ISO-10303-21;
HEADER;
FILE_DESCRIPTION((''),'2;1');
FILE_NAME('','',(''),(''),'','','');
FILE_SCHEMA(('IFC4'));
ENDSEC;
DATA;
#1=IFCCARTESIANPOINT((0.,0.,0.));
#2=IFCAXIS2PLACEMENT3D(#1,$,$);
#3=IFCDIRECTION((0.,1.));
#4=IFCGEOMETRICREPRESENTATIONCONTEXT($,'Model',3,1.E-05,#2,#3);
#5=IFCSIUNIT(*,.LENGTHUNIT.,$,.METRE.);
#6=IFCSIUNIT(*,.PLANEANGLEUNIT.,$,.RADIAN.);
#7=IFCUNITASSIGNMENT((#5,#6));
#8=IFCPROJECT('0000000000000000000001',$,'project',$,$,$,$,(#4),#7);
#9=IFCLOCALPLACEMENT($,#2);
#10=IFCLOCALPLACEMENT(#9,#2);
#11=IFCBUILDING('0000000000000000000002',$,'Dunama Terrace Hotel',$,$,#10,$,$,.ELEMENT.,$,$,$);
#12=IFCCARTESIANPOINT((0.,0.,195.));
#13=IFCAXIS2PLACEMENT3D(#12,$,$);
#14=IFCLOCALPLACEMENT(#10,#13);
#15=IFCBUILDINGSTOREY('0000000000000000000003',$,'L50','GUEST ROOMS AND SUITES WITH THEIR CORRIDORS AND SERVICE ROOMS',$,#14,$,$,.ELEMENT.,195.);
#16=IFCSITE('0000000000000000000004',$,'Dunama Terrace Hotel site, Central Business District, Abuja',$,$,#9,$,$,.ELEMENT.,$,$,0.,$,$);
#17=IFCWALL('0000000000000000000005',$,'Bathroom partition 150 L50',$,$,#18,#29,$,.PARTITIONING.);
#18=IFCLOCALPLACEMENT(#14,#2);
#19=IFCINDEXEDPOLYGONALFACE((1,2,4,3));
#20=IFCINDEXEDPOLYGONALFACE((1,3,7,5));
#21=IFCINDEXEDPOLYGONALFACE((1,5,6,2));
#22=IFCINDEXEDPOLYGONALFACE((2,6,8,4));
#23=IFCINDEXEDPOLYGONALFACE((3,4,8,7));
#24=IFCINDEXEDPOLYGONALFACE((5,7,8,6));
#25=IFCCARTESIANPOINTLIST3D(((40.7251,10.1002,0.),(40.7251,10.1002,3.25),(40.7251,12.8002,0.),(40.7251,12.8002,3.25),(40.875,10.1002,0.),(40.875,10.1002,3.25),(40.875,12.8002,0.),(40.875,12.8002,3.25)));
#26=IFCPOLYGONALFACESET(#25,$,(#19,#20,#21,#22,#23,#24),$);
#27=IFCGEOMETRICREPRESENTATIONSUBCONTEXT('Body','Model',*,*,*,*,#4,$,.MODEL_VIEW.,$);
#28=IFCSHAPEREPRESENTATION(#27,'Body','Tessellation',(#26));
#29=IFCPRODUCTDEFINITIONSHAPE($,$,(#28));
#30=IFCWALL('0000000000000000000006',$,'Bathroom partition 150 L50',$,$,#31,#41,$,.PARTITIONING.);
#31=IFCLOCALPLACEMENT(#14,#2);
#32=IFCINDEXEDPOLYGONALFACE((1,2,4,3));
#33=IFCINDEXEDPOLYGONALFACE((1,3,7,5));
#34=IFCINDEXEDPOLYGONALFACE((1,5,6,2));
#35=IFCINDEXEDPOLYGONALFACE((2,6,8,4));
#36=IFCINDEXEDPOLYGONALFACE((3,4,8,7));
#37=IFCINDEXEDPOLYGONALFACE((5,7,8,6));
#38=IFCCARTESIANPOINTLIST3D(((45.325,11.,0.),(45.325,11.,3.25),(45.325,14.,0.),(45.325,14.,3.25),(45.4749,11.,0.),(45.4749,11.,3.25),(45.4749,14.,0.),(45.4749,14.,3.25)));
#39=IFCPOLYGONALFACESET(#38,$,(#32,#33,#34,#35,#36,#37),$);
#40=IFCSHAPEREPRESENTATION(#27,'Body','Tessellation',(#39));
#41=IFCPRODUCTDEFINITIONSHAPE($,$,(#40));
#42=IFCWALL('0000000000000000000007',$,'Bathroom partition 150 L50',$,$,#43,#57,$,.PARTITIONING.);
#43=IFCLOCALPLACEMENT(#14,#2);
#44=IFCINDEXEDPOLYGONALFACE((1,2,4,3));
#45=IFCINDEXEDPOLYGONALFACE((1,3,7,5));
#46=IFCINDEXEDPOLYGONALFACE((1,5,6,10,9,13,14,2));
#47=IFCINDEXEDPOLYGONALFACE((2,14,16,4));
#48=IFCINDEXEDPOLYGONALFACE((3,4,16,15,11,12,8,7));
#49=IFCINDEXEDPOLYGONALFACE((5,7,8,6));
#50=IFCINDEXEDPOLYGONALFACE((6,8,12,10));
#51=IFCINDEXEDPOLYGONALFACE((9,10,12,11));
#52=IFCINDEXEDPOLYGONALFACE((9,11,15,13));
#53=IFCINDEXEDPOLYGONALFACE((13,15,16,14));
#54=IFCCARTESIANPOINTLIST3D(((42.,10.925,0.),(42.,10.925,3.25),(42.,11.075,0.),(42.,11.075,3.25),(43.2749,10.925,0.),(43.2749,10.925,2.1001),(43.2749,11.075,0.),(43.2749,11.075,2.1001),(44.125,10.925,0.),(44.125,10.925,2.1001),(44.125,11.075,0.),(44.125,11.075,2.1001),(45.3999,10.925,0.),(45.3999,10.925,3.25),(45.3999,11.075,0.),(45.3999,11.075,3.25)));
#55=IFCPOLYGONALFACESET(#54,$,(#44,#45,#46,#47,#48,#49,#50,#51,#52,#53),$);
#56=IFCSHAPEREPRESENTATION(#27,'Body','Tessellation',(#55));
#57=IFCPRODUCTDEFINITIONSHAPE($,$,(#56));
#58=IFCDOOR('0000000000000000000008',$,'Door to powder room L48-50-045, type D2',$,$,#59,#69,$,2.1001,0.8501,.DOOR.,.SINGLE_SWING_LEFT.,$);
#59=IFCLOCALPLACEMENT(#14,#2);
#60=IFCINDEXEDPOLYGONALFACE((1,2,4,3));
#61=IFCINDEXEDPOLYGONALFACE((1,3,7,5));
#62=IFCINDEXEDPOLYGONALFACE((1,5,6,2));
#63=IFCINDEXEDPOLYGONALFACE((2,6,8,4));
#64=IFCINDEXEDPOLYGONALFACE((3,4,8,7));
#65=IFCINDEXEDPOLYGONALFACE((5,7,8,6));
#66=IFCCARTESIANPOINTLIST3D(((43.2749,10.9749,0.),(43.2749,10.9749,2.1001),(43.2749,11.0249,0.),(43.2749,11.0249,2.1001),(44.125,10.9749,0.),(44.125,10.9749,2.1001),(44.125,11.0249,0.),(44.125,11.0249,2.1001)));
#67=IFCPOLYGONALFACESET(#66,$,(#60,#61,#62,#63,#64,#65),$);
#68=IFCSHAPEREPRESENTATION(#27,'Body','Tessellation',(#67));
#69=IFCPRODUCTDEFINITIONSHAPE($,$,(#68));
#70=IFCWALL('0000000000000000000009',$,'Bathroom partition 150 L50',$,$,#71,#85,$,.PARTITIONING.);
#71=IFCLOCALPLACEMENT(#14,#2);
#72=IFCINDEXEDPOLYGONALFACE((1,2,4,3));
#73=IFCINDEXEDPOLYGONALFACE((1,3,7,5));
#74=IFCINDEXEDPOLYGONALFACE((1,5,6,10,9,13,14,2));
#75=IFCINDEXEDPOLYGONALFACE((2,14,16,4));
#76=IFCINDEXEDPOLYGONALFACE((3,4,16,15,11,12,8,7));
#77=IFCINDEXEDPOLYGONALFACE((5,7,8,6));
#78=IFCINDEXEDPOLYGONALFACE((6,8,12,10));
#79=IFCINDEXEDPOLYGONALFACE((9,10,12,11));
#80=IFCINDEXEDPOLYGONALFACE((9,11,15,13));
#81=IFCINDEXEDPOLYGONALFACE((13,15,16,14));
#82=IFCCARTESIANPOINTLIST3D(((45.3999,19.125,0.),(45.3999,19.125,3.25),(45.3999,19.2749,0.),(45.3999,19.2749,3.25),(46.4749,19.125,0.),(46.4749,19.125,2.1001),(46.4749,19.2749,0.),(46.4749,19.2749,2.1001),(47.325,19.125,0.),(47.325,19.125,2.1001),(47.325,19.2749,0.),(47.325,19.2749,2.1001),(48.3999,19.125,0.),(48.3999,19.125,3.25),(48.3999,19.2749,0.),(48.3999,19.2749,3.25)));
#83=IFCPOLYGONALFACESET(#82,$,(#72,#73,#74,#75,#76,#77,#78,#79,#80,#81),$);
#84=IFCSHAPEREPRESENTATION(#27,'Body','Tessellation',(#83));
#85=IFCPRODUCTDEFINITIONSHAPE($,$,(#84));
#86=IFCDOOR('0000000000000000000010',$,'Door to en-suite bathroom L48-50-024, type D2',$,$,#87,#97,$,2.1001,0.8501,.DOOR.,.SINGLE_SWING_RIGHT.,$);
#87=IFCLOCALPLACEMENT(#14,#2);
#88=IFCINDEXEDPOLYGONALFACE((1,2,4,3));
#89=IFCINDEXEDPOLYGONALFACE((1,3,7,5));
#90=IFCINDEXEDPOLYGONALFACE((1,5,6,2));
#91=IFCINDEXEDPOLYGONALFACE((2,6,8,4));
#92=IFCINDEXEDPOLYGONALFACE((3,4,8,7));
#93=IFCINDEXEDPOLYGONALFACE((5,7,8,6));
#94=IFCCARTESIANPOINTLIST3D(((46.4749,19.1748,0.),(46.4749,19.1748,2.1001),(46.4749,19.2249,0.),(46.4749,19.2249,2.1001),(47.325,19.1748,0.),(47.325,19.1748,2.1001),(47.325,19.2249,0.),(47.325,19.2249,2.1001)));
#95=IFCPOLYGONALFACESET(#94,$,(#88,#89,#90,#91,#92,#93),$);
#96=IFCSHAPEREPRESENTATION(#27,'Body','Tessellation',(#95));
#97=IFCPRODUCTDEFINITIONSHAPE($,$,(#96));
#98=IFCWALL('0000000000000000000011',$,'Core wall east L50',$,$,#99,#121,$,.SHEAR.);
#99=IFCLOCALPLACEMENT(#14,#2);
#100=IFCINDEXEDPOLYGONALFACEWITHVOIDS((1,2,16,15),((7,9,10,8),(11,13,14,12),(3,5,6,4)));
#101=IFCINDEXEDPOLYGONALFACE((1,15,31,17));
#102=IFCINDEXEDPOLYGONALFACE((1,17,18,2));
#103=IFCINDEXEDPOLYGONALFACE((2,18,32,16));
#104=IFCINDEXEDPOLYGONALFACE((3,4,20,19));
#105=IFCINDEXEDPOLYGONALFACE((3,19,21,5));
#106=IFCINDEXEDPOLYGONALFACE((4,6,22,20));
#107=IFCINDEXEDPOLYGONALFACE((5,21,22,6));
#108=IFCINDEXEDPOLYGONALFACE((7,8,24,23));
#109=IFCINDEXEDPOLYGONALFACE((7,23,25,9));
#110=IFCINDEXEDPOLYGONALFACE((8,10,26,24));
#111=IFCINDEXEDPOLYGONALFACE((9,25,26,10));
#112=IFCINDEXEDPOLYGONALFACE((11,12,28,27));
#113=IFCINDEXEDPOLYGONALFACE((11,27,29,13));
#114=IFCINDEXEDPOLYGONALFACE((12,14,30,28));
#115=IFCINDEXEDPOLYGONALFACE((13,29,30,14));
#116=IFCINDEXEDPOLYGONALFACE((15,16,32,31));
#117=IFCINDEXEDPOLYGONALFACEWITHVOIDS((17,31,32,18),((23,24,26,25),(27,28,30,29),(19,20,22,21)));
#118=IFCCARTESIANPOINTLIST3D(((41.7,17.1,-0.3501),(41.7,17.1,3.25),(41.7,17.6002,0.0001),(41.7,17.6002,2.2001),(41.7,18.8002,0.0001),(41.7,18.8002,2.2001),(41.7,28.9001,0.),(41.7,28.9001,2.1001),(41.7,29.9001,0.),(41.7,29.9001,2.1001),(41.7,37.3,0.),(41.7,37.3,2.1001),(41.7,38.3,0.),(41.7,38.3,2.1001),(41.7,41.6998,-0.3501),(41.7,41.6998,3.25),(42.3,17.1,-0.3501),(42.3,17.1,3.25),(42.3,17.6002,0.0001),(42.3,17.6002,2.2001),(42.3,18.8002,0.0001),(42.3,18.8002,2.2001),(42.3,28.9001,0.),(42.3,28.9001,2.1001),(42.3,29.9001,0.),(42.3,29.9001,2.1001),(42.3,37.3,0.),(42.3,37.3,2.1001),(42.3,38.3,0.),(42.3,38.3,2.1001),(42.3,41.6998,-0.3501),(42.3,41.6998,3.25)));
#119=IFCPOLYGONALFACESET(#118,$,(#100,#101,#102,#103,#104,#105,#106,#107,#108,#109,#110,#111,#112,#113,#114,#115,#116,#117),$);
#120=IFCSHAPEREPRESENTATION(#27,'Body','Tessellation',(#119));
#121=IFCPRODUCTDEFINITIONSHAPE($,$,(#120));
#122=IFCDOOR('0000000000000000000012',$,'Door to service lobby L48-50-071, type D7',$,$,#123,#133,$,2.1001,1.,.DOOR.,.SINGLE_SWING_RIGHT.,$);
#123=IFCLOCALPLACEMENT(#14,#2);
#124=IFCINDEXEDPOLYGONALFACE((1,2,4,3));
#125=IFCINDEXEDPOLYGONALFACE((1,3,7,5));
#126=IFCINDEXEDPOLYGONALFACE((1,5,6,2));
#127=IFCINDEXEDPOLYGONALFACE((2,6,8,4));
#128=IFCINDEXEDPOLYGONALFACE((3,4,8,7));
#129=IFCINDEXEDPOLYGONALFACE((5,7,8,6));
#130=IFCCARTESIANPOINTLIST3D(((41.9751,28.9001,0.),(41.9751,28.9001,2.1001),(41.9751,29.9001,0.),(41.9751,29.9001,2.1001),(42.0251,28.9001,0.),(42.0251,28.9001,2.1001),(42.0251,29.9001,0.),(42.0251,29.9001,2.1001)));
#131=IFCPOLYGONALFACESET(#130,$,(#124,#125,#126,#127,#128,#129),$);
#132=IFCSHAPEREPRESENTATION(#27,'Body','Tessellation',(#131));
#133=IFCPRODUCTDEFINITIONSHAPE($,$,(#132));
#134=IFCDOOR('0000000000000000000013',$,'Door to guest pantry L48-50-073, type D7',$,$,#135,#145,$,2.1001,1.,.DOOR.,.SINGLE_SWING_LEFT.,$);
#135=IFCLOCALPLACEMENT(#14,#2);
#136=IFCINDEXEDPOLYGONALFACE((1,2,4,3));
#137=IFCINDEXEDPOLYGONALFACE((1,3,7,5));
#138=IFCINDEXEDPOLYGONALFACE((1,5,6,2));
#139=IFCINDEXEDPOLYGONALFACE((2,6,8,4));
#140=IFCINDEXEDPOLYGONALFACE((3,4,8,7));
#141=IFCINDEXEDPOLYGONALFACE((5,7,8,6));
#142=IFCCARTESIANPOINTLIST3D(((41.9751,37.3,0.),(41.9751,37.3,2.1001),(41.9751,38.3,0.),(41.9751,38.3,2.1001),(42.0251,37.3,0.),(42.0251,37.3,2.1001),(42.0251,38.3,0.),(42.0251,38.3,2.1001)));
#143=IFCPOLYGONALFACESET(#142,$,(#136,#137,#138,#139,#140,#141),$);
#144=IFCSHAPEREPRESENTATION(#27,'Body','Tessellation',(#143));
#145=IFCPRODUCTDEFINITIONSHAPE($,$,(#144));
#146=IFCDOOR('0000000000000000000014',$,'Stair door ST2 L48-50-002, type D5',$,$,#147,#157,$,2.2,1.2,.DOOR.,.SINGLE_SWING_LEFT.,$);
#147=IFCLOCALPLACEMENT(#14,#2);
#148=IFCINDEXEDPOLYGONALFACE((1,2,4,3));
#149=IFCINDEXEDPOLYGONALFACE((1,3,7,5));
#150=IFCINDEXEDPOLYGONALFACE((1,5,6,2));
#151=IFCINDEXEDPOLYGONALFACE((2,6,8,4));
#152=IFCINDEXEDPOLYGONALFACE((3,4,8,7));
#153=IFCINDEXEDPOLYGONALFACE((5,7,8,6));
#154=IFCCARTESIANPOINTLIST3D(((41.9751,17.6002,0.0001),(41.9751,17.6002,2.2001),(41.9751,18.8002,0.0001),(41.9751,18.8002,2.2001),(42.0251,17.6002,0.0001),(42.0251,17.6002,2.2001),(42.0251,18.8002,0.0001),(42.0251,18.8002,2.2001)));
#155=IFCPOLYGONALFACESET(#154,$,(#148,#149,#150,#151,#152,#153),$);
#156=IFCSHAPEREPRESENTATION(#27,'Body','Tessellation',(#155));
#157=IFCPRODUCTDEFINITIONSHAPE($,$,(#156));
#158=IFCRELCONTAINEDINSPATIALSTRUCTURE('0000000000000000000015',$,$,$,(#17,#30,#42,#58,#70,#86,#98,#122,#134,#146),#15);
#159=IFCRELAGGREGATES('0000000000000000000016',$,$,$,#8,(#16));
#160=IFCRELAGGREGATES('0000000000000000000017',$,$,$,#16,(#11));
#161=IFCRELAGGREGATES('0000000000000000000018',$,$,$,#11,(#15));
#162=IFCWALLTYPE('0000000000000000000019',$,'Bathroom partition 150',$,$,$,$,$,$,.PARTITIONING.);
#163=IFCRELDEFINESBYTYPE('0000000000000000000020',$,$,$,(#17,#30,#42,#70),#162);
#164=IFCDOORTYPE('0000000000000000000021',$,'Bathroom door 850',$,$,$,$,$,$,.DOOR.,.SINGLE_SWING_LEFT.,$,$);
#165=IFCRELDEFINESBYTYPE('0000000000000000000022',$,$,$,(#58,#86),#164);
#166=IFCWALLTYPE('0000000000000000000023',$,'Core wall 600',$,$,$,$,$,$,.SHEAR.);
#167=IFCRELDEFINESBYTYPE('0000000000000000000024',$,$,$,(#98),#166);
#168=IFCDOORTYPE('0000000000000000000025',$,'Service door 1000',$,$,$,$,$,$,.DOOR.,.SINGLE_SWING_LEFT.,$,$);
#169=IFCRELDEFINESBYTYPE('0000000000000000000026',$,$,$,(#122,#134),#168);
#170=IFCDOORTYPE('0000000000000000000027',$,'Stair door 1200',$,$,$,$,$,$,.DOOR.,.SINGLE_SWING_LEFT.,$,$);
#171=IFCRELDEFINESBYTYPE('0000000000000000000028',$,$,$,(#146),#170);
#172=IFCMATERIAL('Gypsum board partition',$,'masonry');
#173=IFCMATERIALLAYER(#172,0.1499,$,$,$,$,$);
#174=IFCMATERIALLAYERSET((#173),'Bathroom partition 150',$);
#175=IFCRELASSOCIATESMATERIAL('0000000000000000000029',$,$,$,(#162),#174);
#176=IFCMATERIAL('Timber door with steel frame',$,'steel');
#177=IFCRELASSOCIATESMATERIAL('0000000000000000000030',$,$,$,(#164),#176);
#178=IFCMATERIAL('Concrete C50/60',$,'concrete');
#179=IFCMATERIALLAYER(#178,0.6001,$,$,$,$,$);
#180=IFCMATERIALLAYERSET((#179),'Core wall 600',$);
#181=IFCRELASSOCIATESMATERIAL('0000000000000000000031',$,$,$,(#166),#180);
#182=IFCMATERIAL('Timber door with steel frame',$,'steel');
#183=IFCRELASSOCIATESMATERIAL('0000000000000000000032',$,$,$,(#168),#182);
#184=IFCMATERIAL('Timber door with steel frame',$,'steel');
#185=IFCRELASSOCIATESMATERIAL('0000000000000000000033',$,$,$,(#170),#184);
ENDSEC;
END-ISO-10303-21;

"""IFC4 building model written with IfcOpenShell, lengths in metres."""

from ifc_helpers import new_model, si_unit, direction, frame, frame_2d, origin, place, context, subcontext, project, spatial, rectangle, extrude, material, layer, layer_set, type_object, element, fill, save


model = new_model("IFC4")

# Units and contexts
model_context = context("Model", 3, precision=1e-05, world=origin(), true_north=direction((0.0, 1.0)))
body_context = subcontext(model_context, "Body", "Model", "MODEL_VIEW")
ifc_project = project(units=[si_unit("LENGTHUNIT", "METRE"), si_unit("PLANEANGLEUNIT", "RADIAN")], contexts=[model_context])

# Site, building, storey
site_placement = place(None, origin())
site = spatial("IfcSite", under=ifc_project, at=site_placement, Name="Dunama Terrace Hotel site, Central Business District, Abuja", CompositionType="ELEMENT", RefElevation=0.0)
building_placement = place(site_placement, origin())
building = spatial("IfcBuilding", under=site, at=building_placement, Name="Dunama Terrace Hotel", CompositionType="ELEMENT")
storey_placement = place(building_placement, frame((0.0, 0.0, 195.0)))
storey = spatial("IfcBuildingStorey", under=building, at=storey_placement, Name="L50", Description="GUEST ROOMS AND SUITES WITH THEIR CORRIDORS AND SERVICE ROOMS", CompositionType="ELEMENT", Elevation=195.0)

# Walls
ifc_material_1 = material(Name="Gypsum board partition", Category="masonry")
ifc_layer_1 = layer(ifc_material_1, 0.1499)
ifc_layer_set_1 = layer_set([ifc_layer_1], Name="Bathroom partition 150")
wall_type_1 = type_object("IfcWallType", Name="Bathroom partition 150", PredefinedType="PARTITIONING", material=ifc_layer_set_1)
wall_1_placement = place(storey_placement, frame((40.8, 10.1001, 0.0), z_axis=(0.0, 0.0, 1.0), x_axis=(0.0, 1.0, 0.0)))
element("IfcWall", 1, at=wall_1_placement, inside=storey, type_object=wall_type_1, Name="Bathroom partition 150 L50", PredefinedType="PARTITIONING", context=body_context, shape_type="SweptSolid", body=[
    extrude(rectangle(XDim=2.7, YDim=0.1499, at=frame_2d((1.3501, 0.0))), origin(), (0.0, 0.0, 1.0), 3.25),
])
wall_2_placement = place(storey_placement, frame((45.3999, 11.0, 0.0), z_axis=(0.0, 0.0, 1.0), x_axis=(0.0, 1.0, 0.0)))
element("IfcWall", 2, at=wall_2_placement, inside=storey, type_object=wall_type_1, Name="Bathroom partition 150 L50", PredefinedType="PARTITIONING", context=body_context, shape_type="SweptSolid", body=[
    extrude(rectangle(XDim=3.0, YDim=0.1499, at=frame_2d((1.5, 0.0))), origin(), (0.0, 0.0, 1.0), 3.25),
])

# Walls, openings, doors
wall_3_placement = place(storey_placement, frame((42.0, 11.0, 0.0), z_axis=(0.0, 0.0, 1.0), x_axis=(1.0, 0.0, 0.0)))
wall_3 = element("IfcWall", 3, at=wall_3_placement, inside=storey, type_object=wall_type_1, Name="Bathroom partition 150 L50", PredefinedType="PARTITIONING", context=body_context, shape_type="SweptSolid", body=[
    extrude(rectangle(XDim=3.3999, YDim=0.1499, at=frame_2d((1.7, 0.0))), origin(), (0.0, 0.0, 1.0), 3.25),
])
opening_1_placement = place(wall_3_placement, frame((1.2749, 0.0, 0.0)))
opening_1 = element("IfcOpeningElement", 4, at=opening_1_placement, cuts=wall_3, PredefinedType="OPENING", context=body_context, shape_type="SweptSolid", body=[
    extrude(rectangle(XDim=0.8501, YDim=2.1001, at=frame_2d((0.425, 1.05))), frame((0.0, 0.085, 0.0), z_axis=(0.0, -1.0, 0.0), x_axis=(1.0, 0.0, 0.0)), (0.0, 0.0, 1.0), 0.1699),
])
ifc_material_2 = material(Name="Timber door with steel frame", Category="steel")
door_type_1 = type_object("IfcDoorType", Name="Bathroom door 850", OperationType="SINGLE_SWING_LEFT", PredefinedType="DOOR", material=ifc_material_2)
door_1_placement = place(opening_1_placement, origin())
door_1 = element("IfcDoor", 5, at=door_1_placement, inside=storey, type_object=door_type_1, Name="Door to powder room L48-50-045, type D2", OperationType="SINGLE_SWING_LEFT", OverallHeight=2.1001, OverallWidth=0.8501, PredefinedType="DOOR", context=body_context, shape_type="SweptSolid", body=[
    extrude(rectangle(XDim=0.8501, YDim=2.1001, at=frame_2d((0.425, 1.05))), frame((0.0, 0.0249, 0.0), z_axis=(0.0, -1.0, 0.0), x_axis=(1.0, 0.0, 0.0)), (0.0, 0.0, 1.0), 0.05),
])
fill(opening_1, door_1)
wall_4_placement = place(storey_placement, frame((45.3999, 19.2, 0.0), z_axis=(0.0, 0.0, 1.0), x_axis=(1.0, 0.0, 0.0)))
wall_4 = element("IfcWall", 6, at=wall_4_placement, inside=storey, type_object=wall_type_1, Name="Bathroom partition 150 L50", PredefinedType="PARTITIONING", context=body_context, shape_type="SweptSolid", body=[
    extrude(rectangle(XDim=3.0, YDim=0.1499, at=frame_2d((1.5, 0.0))), origin(), (0.0, 0.0, 1.0), 3.25),
])
opening_2_placement = place(wall_4_placement, frame((1.075, 0.0, 0.0)))
opening_2 = element("IfcOpeningElement", 7, at=opening_2_placement, cuts=wall_4, PredefinedType="OPENING", context=body_context, shape_type="SweptSolid", body=[
    extrude(rectangle(XDim=0.8501, YDim=2.1001, at=frame_2d((0.425, 1.05))), frame((0.0, 0.085, 0.0), z_axis=(0.0, -1.0, 0.0), x_axis=(1.0, 0.0, 0.0)), (0.0, 0.0, 1.0), 0.1699),
])
door_2_placement = place(opening_2_placement, frame((0.8501, 0.0, 0.0), z_axis=(0.0, 0.0, 1.0), x_axis=(-1.0, 0.0, 0.0)))
door_2 = element("IfcDoor", 8, at=door_2_placement, inside=storey, type_object=door_type_1, Name="Door to en-suite bathroom L48-50-024, type D2", OperationType="SINGLE_SWING_RIGHT", OverallHeight=2.1001, OverallWidth=0.8501, PredefinedType="DOOR", context=body_context, shape_type="SweptSolid", body=[
    extrude(rectangle(XDim=0.8501, YDim=2.1001, at=frame_2d((0.425, 1.05))), frame((0.0, 0.0251, 0.0), z_axis=(0.0, -1.0, 0.0), x_axis=(1.0, 0.0, 0.0)), (0.0, 0.0, 1.0), 0.05),
])
fill(opening_2, door_2)

# Wall, openings, doors
ifc_material_3 = material(Name="Concrete C50/60", Category="concrete")
ifc_layer_2 = layer(ifc_material_3, 0.6001)
ifc_layer_set_2 = layer_set([ifc_layer_2], Name="Core wall 600")
wall_type_2 = type_object("IfcWallType", Name="Core wall 600", PredefinedType="SHEAR", material=ifc_layer_set_2)
wall_5_placement = place(storey_placement, frame((42.0, 17.1001, -0.3501), z_axis=(0.0, 0.0, 1.0), x_axis=(0.0, 1.0, 0.0)))
wall_5 = element("IfcWall", 9, at=wall_5_placement, inside=storey, type_object=wall_type_2, Name="Core wall east L50", PredefinedType="SHEAR", context=body_context, shape_type="SweptSolid", body=[
    extrude(rectangle(XDim=24.5999, YDim=0.6001, at=frame_2d((12.2998, 0.0))), origin(), (0.0, 0.0, 1.0), 3.6001),
])
opening_3_placement = place(wall_5_placement, frame((0.5, 0.0, 0.3501)))
opening_3 = element("IfcOpeningElement", 10, at=opening_3_placement, cuts=wall_5, PredefinedType="OPENING", context=body_context, shape_type="SweptSolid", body=[
    extrude(rectangle(XDim=1.2, YDim=2.2, at=frame_2d((0.6001, 1.1001))), frame((0.0, 0.3101, 0.0), z_axis=(0.0, -1.0, 0.0), x_axis=(1.0, 0.0, 0.0)), (0.0, 0.0, 1.0), 0.6201),
])
opening_4_placement = place(wall_5_placement, frame((11.8, 0.0, 0.3501)))
opening_4 = element("IfcOpeningElement", 11, at=opening_4_placement, cuts=wall_5, PredefinedType="OPENING", context=body_context, shape_type="SweptSolid", body=[
    extrude(rectangle(XDim=1.0, YDim=2.1001, at=frame_2d((0.5, 1.05))), frame((0.0, 0.3101, 0.0), z_axis=(0.0, -1.0, 0.0), x_axis=(1.0, 0.0, 0.0)), (0.0, 0.0, 1.0), 0.6201),
])
opening_5_placement = place(wall_5_placement, frame((20.2, 0.0, 0.3501)))
opening_5 = element("IfcOpeningElement", 12, at=opening_5_placement, cuts=wall_5, PredefinedType="OPENING", context=body_context, shape_type="SweptSolid", body=[
    extrude(rectangle(XDim=1.0, YDim=2.1001, at=frame_2d((0.5, 1.05))), frame((0.0, 0.3101, 0.0), z_axis=(0.0, -1.0, 0.0), x_axis=(1.0, 0.0, 0.0)), (0.0, 0.0, 1.0), 0.6201),
])
ifc_material_4 = material(Name="Timber door with steel frame", Category="steel")
door_type_2 = type_object("IfcDoorType", Name="Service door 1000", OperationType="SINGLE_SWING_LEFT", PredefinedType="DOOR", material=ifc_material_4)
door_3_placement = place(opening_4_placement, origin())
door_3 = element("IfcDoor", 13, at=door_3_placement, inside=storey, type_object=door_type_2, Name="Door to service lobby L48-50-071, type D7", OperationType="SINGLE_SWING_RIGHT", OverallHeight=2.1001, OverallWidth=1.0, PredefinedType="DOOR", context=body_context, shape_type="SweptSolid", body=[
    extrude(rectangle(XDim=1.0, YDim=2.1001, at=frame_2d((0.5, 1.05))), frame((0.0, 0.0249, 0.0), z_axis=(0.0, -1.0, 0.0), x_axis=(1.0, 0.0, 0.0)), (0.0, 0.0, 1.0), 0.05),
])
fill(opening_4, door_3)
door_4_placement = place(opening_5_placement, origin())
door_4 = element("IfcDoor", 14, at=door_4_placement, inside=storey, type_object=door_type_2, Name="Door to guest pantry L48-50-073, type D7", OperationType="SINGLE_SWING_LEFT", OverallHeight=2.1001, OverallWidth=1.0, PredefinedType="DOOR", context=body_context, shape_type="SweptSolid", body=[
    extrude(rectangle(XDim=1.0, YDim=2.1001, at=frame_2d((0.5, 1.05))), frame((0.0, 0.0249, 0.0), z_axis=(0.0, -1.0, 0.0), x_axis=(1.0, 0.0, 0.0)), (0.0, 0.0, 1.0), 0.05),
])
fill(opening_5, door_4)
ifc_material_5 = material(Name="Timber door with steel frame", Category="steel")
door_type_3 = type_object("IfcDoorType", Name="Stair door 1200", OperationType="SINGLE_SWING_LEFT", PredefinedType="DOOR", material=ifc_material_5)
door_5_placement = place(opening_3_placement, origin())
door_5 = element("IfcDoor", 15, at=door_5_placement, inside=storey, type_object=door_type_3, Name="Stair door ST2 L48-50-002, type D5", OperationType="SINGLE_SWING_LEFT", OverallHeight=2.2, OverallWidth=1.2, PredefinedType="DOOR", context=body_context, shape_type="SweptSolid", body=[
    extrude(rectangle(XDim=1.2, YDim=2.2, at=frame_2d((0.6001, 1.1001))), frame((0.0, 0.0249, 0.0), z_axis=(0.0, -1.0, 0.0), x_axis=(1.0, 0.0, 0.0)), (0.0, 0.0, 1.0), 0.05),
])
fill(opening_3, door_5)

save(model, "model.ifc")
